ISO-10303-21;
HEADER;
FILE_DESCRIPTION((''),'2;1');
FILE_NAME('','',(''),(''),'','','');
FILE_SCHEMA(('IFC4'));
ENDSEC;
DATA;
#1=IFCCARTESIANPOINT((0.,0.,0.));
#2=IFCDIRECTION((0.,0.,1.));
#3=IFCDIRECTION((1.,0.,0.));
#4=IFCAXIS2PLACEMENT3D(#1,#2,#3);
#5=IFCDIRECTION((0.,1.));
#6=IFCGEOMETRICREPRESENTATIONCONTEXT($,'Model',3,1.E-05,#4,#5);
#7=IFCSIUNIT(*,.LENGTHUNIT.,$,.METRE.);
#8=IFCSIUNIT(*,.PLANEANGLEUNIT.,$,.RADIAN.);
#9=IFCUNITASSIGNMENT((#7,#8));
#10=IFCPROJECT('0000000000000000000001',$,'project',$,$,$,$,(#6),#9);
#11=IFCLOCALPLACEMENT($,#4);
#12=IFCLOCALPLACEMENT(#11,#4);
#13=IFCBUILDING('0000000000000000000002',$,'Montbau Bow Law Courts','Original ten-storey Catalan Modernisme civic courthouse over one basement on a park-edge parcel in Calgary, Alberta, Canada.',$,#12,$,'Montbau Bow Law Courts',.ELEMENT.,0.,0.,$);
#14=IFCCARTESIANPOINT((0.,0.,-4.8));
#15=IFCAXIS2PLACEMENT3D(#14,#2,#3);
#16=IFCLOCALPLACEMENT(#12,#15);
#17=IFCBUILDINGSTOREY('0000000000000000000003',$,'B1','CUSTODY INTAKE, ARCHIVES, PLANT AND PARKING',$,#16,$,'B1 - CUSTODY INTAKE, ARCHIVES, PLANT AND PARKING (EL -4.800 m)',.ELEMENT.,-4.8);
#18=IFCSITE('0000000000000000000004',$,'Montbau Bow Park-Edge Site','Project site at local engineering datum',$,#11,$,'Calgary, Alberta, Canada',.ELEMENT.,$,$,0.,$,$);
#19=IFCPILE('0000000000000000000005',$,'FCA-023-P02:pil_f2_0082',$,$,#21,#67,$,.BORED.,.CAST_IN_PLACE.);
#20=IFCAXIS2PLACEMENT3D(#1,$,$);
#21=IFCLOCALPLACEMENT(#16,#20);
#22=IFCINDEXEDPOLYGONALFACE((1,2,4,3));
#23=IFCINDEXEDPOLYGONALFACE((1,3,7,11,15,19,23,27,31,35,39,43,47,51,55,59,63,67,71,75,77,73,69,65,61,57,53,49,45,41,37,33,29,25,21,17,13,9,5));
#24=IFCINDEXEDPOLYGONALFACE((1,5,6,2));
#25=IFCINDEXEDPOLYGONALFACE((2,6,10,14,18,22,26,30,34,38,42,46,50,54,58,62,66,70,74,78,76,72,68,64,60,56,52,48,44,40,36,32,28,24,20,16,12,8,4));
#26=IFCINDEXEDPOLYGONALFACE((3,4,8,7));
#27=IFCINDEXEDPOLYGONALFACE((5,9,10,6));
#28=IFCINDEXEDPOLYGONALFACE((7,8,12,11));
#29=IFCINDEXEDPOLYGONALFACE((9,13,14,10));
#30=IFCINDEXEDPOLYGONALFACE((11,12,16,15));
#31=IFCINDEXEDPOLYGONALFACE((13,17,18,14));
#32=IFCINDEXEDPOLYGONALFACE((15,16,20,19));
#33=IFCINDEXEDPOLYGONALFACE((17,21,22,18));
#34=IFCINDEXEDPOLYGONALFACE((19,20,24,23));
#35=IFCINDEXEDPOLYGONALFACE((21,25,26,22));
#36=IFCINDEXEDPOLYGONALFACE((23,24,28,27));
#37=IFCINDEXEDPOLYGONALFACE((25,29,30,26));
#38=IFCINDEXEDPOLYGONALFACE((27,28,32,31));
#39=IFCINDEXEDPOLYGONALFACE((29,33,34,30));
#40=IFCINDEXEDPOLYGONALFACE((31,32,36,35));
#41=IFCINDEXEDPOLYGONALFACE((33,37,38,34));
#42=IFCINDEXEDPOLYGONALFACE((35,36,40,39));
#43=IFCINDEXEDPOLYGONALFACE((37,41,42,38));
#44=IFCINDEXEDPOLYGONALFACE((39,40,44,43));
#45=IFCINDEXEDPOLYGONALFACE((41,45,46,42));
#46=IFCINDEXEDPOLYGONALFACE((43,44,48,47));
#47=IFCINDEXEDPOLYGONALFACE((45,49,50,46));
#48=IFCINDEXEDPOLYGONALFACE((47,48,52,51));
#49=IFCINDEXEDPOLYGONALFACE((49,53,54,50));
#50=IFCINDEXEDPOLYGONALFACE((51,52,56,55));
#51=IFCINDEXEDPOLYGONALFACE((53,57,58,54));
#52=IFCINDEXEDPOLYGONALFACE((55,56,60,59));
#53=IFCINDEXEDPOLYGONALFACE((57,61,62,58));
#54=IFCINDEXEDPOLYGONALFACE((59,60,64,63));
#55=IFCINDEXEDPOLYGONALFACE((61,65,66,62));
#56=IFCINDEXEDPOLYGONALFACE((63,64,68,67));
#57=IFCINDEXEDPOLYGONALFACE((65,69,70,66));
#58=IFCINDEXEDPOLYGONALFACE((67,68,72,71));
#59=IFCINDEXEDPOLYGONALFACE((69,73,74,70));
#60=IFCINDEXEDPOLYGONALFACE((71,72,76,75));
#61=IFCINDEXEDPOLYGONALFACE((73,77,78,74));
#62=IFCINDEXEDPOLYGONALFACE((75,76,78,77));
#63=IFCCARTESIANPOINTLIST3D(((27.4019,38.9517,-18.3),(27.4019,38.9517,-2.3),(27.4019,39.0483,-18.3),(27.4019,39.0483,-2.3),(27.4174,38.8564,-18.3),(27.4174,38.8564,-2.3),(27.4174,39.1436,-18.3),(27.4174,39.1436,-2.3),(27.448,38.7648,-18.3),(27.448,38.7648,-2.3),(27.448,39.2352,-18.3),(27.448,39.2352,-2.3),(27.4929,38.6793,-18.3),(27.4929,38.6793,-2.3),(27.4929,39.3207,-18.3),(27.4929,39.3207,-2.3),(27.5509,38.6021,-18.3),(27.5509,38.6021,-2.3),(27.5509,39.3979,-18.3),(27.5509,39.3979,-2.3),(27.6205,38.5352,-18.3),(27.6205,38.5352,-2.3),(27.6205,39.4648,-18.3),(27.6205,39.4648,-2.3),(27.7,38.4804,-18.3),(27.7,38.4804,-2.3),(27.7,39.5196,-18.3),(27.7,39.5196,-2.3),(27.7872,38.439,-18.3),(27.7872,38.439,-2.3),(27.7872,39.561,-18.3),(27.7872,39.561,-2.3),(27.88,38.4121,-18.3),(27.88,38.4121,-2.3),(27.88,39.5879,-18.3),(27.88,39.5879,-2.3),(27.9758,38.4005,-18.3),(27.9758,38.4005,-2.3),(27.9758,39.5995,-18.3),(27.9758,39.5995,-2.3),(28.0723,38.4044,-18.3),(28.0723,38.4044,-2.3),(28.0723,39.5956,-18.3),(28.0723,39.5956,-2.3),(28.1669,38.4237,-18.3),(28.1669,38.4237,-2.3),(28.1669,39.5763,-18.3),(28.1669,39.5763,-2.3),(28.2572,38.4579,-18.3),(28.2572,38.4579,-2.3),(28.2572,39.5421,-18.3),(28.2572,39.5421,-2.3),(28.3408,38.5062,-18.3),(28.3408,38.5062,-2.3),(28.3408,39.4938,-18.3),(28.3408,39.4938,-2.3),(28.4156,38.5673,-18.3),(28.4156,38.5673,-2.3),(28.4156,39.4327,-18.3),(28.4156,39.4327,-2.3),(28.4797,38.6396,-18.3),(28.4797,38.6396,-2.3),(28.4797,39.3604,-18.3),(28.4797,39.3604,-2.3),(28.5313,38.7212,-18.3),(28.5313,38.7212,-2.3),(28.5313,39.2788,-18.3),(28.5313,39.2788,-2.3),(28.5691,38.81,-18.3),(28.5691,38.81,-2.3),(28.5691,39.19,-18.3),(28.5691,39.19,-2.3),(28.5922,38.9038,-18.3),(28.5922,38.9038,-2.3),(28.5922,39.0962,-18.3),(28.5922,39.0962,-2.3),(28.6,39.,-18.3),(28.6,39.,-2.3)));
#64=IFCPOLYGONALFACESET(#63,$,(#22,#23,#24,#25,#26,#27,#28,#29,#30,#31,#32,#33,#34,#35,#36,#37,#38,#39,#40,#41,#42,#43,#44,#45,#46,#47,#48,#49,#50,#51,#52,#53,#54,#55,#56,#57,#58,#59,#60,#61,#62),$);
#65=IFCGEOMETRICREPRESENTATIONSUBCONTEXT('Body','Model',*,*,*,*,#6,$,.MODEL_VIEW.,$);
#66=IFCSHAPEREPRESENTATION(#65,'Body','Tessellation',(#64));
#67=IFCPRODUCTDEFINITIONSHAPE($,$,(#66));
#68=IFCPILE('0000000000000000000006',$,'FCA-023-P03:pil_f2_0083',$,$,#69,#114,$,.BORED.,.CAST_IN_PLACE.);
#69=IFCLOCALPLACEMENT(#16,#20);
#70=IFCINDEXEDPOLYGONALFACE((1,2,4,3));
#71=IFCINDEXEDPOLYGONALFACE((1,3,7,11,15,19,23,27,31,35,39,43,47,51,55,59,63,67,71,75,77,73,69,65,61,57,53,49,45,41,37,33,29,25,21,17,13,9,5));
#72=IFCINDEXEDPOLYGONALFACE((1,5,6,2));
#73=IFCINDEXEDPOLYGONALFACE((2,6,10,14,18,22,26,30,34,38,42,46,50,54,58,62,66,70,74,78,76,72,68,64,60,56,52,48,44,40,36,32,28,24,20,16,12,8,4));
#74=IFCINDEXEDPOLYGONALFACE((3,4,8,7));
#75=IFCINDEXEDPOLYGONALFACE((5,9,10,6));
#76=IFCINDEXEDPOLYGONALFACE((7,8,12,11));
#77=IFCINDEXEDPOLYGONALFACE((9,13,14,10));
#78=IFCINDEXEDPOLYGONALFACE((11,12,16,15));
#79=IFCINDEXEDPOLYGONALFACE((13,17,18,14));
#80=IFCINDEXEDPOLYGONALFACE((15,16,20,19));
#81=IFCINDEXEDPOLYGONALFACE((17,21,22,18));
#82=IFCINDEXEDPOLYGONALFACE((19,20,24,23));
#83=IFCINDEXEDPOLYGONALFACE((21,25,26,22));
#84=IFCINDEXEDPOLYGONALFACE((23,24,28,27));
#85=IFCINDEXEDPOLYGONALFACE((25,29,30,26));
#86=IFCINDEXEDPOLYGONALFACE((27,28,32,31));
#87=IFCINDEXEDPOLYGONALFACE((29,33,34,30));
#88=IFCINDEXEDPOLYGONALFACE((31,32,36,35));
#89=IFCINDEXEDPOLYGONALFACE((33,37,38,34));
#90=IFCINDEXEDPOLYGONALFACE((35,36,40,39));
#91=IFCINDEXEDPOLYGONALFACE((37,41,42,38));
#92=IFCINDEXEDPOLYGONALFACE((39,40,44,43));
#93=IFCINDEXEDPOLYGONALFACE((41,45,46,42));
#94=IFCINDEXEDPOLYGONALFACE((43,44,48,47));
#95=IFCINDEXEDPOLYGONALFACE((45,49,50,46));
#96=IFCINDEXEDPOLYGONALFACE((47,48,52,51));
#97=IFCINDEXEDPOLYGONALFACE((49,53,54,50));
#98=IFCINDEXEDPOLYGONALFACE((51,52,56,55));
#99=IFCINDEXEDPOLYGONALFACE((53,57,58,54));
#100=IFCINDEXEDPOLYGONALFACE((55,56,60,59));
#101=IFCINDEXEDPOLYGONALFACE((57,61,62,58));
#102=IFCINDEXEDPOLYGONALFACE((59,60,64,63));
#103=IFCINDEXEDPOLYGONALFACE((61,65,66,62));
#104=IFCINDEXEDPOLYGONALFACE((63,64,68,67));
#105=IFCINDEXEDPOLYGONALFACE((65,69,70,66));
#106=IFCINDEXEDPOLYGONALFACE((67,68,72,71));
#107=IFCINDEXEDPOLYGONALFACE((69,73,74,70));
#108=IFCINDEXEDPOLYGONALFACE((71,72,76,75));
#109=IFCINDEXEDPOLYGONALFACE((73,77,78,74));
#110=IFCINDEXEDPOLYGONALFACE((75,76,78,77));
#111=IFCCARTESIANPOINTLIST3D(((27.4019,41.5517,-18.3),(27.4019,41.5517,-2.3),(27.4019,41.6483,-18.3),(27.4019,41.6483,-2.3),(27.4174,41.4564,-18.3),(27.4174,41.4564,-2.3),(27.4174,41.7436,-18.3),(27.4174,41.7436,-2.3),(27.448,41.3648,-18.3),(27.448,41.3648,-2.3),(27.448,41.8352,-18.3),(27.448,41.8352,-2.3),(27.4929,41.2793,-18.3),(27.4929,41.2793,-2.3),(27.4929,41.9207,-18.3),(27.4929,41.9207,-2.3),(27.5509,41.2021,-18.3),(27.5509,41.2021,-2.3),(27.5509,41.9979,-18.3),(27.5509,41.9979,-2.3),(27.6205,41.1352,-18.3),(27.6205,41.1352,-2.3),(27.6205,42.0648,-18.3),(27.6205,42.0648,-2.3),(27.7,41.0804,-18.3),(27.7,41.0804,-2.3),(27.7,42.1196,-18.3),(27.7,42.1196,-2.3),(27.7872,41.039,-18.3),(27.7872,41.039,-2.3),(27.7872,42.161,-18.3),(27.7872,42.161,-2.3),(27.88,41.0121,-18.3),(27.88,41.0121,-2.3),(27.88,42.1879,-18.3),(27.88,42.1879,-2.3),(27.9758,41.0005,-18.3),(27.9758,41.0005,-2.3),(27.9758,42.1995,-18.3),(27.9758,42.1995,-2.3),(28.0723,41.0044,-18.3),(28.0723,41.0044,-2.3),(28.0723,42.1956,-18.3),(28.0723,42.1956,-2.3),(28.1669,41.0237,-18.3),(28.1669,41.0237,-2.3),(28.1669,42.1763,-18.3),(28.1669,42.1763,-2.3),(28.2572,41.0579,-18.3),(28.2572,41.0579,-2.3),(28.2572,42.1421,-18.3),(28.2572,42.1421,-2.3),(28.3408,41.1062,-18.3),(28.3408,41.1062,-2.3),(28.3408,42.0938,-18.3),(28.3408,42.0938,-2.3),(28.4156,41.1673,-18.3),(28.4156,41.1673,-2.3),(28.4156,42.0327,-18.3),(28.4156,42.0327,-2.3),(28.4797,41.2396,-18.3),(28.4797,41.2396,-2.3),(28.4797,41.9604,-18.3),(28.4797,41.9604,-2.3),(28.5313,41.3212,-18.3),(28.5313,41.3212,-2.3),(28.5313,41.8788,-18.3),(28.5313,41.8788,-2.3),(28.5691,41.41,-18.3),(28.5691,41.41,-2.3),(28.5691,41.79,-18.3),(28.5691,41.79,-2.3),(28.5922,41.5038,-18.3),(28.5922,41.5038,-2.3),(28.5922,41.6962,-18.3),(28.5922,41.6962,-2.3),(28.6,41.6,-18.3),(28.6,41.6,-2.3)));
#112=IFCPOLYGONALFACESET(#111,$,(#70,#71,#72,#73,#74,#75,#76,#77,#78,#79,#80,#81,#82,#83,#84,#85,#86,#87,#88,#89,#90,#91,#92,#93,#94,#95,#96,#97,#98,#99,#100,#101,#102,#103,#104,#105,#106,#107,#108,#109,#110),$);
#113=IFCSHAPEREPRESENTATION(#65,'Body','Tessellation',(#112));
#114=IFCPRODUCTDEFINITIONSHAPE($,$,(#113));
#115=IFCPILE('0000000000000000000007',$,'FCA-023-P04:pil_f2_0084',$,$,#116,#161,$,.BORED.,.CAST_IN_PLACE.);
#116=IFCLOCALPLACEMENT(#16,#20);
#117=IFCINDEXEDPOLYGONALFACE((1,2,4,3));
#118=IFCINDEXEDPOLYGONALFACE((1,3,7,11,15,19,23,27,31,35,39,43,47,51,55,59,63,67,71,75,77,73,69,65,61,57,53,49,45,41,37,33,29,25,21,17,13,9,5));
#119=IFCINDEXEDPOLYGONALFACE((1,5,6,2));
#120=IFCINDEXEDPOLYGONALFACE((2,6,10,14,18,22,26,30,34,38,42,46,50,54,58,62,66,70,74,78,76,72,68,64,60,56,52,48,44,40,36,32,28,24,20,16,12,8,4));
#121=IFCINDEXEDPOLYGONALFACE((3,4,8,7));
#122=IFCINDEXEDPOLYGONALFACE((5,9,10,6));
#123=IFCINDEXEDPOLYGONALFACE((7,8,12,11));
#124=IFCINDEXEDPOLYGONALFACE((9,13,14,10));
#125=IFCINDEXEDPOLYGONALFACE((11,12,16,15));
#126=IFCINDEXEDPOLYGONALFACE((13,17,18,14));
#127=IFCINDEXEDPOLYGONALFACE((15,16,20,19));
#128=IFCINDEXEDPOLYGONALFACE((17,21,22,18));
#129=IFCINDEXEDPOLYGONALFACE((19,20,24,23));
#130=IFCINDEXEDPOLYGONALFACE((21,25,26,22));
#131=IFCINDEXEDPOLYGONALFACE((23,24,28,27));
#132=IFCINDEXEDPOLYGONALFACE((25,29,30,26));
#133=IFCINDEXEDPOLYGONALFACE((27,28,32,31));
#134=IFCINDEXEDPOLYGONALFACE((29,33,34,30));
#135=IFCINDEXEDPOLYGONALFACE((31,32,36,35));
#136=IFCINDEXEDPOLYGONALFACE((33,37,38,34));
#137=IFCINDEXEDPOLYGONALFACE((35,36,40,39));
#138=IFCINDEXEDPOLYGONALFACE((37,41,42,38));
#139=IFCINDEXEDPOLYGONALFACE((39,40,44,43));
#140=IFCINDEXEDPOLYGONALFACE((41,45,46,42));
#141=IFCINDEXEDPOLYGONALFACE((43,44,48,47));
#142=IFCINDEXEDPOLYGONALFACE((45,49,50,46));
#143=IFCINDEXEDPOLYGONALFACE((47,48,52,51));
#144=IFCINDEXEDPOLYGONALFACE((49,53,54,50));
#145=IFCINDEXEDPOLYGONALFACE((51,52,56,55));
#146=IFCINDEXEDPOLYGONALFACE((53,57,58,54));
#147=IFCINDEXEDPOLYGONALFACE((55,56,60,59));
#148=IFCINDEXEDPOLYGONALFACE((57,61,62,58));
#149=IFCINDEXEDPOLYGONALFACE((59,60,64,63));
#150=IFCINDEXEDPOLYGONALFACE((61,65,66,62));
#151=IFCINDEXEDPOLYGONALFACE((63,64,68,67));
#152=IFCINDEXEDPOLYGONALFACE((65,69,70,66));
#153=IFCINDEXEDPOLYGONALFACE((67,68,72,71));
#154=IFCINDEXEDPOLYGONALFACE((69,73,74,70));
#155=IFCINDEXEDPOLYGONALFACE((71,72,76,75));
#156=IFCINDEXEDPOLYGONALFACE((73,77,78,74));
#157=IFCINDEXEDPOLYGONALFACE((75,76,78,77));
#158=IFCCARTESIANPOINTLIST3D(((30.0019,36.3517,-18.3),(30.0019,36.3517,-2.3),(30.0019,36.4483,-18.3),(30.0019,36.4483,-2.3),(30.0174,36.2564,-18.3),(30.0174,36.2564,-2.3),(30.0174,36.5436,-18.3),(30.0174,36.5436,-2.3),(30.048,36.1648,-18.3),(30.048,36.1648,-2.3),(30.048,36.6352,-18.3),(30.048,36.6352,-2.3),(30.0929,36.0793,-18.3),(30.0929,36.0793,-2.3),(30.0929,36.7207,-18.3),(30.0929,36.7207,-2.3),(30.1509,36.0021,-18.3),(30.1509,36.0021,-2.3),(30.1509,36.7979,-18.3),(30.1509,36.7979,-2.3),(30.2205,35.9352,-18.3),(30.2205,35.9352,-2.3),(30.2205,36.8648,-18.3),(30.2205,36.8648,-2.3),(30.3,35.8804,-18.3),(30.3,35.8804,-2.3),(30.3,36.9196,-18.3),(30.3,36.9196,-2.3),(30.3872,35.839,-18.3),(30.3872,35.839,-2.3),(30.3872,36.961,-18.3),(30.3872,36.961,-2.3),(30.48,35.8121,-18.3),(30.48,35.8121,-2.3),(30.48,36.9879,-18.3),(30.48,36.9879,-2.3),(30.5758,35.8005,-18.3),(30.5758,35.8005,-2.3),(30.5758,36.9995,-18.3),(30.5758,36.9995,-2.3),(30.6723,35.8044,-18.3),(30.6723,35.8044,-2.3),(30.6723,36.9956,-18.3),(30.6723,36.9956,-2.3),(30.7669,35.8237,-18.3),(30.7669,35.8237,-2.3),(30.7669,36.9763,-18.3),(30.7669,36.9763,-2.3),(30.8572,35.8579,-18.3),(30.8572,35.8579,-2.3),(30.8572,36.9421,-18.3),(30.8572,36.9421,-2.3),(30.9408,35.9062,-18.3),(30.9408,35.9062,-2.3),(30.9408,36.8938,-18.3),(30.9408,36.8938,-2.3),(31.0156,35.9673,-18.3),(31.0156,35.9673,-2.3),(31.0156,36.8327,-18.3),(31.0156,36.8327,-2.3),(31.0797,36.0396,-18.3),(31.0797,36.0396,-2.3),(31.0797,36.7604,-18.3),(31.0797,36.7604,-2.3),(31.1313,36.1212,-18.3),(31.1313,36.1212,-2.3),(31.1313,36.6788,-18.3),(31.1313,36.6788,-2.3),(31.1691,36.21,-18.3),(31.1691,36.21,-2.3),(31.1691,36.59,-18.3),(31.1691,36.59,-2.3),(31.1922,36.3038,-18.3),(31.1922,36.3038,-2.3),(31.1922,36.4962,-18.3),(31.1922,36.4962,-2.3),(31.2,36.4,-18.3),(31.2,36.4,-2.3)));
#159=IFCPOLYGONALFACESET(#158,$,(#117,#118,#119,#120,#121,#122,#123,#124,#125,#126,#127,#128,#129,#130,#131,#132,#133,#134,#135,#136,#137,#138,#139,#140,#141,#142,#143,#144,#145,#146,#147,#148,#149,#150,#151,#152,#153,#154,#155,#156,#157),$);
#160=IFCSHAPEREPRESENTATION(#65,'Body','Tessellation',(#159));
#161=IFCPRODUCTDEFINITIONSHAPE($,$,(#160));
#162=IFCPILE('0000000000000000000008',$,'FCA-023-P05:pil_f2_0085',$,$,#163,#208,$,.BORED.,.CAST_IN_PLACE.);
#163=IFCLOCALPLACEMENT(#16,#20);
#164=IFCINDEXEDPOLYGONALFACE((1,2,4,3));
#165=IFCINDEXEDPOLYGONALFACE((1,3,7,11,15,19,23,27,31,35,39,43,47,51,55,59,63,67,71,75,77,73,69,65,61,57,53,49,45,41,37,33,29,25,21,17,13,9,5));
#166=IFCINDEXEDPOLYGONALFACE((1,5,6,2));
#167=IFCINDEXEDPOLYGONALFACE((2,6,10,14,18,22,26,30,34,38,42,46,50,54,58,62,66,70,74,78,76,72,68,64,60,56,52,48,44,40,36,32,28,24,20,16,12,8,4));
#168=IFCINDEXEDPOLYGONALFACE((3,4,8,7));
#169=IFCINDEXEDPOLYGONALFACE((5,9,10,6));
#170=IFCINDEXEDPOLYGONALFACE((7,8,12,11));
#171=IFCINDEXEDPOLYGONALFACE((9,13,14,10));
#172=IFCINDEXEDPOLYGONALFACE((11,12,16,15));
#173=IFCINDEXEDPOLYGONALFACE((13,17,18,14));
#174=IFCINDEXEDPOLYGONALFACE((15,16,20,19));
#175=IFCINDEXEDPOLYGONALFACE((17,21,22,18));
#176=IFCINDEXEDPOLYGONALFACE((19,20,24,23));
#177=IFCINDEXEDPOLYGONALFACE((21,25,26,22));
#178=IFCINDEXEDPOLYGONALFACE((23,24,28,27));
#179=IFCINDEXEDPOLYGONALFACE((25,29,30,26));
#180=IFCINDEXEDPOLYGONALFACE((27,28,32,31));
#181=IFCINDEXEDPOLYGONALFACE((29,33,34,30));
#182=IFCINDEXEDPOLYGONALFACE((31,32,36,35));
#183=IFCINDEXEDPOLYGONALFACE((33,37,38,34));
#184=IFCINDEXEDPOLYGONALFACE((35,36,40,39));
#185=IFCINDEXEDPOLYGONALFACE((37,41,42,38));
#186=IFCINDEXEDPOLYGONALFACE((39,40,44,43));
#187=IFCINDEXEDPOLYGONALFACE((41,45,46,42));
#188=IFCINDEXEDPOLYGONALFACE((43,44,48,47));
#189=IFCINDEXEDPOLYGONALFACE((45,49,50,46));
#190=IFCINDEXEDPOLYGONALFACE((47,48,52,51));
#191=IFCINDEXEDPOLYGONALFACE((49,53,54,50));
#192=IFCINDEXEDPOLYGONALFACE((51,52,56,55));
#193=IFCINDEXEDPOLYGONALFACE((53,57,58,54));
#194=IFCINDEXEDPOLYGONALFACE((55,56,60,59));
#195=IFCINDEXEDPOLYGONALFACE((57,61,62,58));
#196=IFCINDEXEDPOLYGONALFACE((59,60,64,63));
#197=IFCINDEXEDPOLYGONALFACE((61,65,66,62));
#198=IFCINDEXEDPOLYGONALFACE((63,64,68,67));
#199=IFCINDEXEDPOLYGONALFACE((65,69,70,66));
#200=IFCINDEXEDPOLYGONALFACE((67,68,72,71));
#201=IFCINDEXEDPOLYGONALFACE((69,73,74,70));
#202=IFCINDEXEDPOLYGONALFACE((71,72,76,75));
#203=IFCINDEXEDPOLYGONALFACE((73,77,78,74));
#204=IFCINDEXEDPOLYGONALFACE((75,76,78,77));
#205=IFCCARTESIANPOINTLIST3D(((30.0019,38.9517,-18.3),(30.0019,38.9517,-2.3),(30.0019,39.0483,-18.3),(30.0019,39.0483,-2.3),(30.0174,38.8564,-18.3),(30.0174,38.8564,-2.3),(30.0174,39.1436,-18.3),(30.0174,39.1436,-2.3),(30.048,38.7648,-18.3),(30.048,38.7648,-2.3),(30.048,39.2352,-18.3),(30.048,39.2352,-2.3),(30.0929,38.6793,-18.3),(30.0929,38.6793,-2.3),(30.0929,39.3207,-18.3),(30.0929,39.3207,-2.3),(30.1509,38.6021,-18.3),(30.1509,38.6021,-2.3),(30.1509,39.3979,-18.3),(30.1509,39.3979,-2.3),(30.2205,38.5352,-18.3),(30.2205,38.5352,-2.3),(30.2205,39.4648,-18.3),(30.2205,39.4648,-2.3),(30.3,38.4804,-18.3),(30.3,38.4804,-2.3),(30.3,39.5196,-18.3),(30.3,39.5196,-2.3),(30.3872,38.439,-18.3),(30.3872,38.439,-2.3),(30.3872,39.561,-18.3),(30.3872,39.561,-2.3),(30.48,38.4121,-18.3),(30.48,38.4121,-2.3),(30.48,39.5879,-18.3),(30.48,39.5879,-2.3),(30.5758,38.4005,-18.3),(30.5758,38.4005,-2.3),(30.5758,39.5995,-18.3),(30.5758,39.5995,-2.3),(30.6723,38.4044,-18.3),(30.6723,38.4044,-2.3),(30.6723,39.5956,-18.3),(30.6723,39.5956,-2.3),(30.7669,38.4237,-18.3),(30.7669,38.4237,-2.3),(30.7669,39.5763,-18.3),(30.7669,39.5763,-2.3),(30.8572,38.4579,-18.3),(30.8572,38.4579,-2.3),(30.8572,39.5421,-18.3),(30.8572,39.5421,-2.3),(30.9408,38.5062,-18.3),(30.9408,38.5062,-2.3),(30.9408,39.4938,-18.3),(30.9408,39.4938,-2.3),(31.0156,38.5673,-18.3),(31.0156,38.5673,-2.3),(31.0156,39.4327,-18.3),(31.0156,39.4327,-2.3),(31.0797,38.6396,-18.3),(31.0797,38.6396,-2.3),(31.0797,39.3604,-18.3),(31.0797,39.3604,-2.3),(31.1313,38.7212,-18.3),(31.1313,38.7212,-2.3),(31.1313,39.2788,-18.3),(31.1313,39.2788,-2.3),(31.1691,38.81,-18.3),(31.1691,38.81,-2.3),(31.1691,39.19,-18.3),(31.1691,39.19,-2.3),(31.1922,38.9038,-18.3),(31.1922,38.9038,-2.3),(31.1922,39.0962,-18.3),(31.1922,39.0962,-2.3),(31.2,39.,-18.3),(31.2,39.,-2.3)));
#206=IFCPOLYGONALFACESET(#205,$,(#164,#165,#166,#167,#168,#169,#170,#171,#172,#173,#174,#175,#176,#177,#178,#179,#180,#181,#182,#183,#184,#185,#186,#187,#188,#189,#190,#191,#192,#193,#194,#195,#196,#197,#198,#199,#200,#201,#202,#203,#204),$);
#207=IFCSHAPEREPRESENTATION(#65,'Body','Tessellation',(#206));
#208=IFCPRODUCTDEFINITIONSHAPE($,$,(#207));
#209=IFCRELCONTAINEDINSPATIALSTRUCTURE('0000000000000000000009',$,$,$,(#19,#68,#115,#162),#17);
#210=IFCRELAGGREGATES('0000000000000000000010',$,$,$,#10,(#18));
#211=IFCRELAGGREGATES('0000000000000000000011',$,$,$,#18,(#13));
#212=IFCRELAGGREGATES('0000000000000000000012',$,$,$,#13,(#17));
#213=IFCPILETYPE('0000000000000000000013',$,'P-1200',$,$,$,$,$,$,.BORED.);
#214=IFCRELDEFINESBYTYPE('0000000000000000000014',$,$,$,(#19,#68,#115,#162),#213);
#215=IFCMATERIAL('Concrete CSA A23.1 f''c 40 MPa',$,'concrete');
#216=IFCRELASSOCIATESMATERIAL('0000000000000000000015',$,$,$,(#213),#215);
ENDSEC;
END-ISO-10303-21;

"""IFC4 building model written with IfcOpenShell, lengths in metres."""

from ifc_helpers import new_model, si_unit, direction, frame, origin_with_axes, origin_2d_with_axis, place, context, subcontext, project, spatial, circle, extrude, material, material_profile, profile_set, type_object, element, save


model = new_model("IFC4")

# Units and contexts
model_context = context("Model", 3, precision=1e-05, world=origin_with_axes(), true_north=direction((0.0, 1.0)))
body_context = subcontext(model_context, "Body", "Model", "MODEL_VIEW")
ifc_project = project(units=[si_unit("LENGTHUNIT", "METRE"), si_unit("PLANEANGLEUNIT", "RADIAN")], contexts=[model_context])

# Site, building, storey
site_placement = place(None, origin_with_axes())
site = spatial("IfcSite", under=ifc_project, at=site_placement, Name="Montbau Bow Park-Edge Site", Description="Project site at local engineering datum", LongName="Calgary, Alberta, Canada", CompositionType="ELEMENT", RefElevation=0.0)
building_placement = place(site_placement, origin_with_axes())
building = spatial("IfcBuilding", under=site, at=building_placement, Name="Montbau Bow Law Courts", Description="Original ten-storey Catalan Modernisme civic courthouse over one basement on a park-edge parcel in Calgary, Alberta, Canada.", LongName="Montbau Bow Law Courts", CompositionType="ELEMENT", ElevationOfRefHeight=0.0, ElevationOfTerrain=0.0)
storey_placement = place(building_placement, frame((0.0, 0.0, -4.8), z_axis=(0.0, 0.0, 1.0), x_axis=(1.0, 0.0, 0.0)))
storey = spatial("IfcBuildingStorey", under=building, at=storey_placement, Name="B1", Description="CUSTODY INTAKE, ARCHIVES, PLANT AND PARKING", LongName="B1 - CUSTODY INTAKE, ARCHIVES, PLANT AND PARKING (EL -4.800 m)", CompositionType="ELEMENT", Elevation=-4.8)

# Piles
ifc_material_1 = material(Name="Concrete CSA A23.1 f'c 40 MPa", Category="concrete")
ifc_material_profile_1 = material_profile(ifc_material_1, circle(Radius=0.6, at=origin_2d_with_axis()), Name="BP1200", Category="Main", Priority=0)
ifc_profile_set_1 = profile_set([ifc_material_profile_1], Name="Concrete CSA A23.1 f'c 40 MPa")
pile_type_1 = type_object("IfcPileType", Name="P-1200", PredefinedType="BORED", material=ifc_profile_set_1)
for number, where, z_axis, x_axis, name in (
    (1, (28.0, 39.0, -23.1), (0.0, 0.0, 1.0), (1.0, 0.0, 0.0), "FCA-023-P02:pil_f2_0082"),
    (2, (28.0, 41.6, -23.1), (0.0, 0.0, 1.0), (1.0, 0.0, 0.0), "FCA-023-P03:pil_f2_0083"),
    (3, (30.6, 36.4, -23.1), (0.0, 0.0, 1.0), (1.0, 0.0, 0.0), "FCA-023-P04:pil_f2_0084"),
    (4, (30.6, 39.0, -23.1), (0.0, 0.0, 1.0), (1.0, 0.0, 0.0), "FCA-023-P05:pil_f2_0085"),
):
    element("IfcPile", number, at=place(None, frame(where, z_axis=z_axis, x_axis=x_axis)), inside=storey, type_object=pile_type_1, Name=name, ConstructionType="CAST_IN_PLACE", PredefinedType="BORED", context=body_context, shape_type="SweptSolid", body=[
        extrude(circle(Radius=0.6, at=origin_2d_with_axis()), origin_with_axes(), (0.0, 0.0, 1.0), 16.0),
    ])

save(model, "model.ifc")
